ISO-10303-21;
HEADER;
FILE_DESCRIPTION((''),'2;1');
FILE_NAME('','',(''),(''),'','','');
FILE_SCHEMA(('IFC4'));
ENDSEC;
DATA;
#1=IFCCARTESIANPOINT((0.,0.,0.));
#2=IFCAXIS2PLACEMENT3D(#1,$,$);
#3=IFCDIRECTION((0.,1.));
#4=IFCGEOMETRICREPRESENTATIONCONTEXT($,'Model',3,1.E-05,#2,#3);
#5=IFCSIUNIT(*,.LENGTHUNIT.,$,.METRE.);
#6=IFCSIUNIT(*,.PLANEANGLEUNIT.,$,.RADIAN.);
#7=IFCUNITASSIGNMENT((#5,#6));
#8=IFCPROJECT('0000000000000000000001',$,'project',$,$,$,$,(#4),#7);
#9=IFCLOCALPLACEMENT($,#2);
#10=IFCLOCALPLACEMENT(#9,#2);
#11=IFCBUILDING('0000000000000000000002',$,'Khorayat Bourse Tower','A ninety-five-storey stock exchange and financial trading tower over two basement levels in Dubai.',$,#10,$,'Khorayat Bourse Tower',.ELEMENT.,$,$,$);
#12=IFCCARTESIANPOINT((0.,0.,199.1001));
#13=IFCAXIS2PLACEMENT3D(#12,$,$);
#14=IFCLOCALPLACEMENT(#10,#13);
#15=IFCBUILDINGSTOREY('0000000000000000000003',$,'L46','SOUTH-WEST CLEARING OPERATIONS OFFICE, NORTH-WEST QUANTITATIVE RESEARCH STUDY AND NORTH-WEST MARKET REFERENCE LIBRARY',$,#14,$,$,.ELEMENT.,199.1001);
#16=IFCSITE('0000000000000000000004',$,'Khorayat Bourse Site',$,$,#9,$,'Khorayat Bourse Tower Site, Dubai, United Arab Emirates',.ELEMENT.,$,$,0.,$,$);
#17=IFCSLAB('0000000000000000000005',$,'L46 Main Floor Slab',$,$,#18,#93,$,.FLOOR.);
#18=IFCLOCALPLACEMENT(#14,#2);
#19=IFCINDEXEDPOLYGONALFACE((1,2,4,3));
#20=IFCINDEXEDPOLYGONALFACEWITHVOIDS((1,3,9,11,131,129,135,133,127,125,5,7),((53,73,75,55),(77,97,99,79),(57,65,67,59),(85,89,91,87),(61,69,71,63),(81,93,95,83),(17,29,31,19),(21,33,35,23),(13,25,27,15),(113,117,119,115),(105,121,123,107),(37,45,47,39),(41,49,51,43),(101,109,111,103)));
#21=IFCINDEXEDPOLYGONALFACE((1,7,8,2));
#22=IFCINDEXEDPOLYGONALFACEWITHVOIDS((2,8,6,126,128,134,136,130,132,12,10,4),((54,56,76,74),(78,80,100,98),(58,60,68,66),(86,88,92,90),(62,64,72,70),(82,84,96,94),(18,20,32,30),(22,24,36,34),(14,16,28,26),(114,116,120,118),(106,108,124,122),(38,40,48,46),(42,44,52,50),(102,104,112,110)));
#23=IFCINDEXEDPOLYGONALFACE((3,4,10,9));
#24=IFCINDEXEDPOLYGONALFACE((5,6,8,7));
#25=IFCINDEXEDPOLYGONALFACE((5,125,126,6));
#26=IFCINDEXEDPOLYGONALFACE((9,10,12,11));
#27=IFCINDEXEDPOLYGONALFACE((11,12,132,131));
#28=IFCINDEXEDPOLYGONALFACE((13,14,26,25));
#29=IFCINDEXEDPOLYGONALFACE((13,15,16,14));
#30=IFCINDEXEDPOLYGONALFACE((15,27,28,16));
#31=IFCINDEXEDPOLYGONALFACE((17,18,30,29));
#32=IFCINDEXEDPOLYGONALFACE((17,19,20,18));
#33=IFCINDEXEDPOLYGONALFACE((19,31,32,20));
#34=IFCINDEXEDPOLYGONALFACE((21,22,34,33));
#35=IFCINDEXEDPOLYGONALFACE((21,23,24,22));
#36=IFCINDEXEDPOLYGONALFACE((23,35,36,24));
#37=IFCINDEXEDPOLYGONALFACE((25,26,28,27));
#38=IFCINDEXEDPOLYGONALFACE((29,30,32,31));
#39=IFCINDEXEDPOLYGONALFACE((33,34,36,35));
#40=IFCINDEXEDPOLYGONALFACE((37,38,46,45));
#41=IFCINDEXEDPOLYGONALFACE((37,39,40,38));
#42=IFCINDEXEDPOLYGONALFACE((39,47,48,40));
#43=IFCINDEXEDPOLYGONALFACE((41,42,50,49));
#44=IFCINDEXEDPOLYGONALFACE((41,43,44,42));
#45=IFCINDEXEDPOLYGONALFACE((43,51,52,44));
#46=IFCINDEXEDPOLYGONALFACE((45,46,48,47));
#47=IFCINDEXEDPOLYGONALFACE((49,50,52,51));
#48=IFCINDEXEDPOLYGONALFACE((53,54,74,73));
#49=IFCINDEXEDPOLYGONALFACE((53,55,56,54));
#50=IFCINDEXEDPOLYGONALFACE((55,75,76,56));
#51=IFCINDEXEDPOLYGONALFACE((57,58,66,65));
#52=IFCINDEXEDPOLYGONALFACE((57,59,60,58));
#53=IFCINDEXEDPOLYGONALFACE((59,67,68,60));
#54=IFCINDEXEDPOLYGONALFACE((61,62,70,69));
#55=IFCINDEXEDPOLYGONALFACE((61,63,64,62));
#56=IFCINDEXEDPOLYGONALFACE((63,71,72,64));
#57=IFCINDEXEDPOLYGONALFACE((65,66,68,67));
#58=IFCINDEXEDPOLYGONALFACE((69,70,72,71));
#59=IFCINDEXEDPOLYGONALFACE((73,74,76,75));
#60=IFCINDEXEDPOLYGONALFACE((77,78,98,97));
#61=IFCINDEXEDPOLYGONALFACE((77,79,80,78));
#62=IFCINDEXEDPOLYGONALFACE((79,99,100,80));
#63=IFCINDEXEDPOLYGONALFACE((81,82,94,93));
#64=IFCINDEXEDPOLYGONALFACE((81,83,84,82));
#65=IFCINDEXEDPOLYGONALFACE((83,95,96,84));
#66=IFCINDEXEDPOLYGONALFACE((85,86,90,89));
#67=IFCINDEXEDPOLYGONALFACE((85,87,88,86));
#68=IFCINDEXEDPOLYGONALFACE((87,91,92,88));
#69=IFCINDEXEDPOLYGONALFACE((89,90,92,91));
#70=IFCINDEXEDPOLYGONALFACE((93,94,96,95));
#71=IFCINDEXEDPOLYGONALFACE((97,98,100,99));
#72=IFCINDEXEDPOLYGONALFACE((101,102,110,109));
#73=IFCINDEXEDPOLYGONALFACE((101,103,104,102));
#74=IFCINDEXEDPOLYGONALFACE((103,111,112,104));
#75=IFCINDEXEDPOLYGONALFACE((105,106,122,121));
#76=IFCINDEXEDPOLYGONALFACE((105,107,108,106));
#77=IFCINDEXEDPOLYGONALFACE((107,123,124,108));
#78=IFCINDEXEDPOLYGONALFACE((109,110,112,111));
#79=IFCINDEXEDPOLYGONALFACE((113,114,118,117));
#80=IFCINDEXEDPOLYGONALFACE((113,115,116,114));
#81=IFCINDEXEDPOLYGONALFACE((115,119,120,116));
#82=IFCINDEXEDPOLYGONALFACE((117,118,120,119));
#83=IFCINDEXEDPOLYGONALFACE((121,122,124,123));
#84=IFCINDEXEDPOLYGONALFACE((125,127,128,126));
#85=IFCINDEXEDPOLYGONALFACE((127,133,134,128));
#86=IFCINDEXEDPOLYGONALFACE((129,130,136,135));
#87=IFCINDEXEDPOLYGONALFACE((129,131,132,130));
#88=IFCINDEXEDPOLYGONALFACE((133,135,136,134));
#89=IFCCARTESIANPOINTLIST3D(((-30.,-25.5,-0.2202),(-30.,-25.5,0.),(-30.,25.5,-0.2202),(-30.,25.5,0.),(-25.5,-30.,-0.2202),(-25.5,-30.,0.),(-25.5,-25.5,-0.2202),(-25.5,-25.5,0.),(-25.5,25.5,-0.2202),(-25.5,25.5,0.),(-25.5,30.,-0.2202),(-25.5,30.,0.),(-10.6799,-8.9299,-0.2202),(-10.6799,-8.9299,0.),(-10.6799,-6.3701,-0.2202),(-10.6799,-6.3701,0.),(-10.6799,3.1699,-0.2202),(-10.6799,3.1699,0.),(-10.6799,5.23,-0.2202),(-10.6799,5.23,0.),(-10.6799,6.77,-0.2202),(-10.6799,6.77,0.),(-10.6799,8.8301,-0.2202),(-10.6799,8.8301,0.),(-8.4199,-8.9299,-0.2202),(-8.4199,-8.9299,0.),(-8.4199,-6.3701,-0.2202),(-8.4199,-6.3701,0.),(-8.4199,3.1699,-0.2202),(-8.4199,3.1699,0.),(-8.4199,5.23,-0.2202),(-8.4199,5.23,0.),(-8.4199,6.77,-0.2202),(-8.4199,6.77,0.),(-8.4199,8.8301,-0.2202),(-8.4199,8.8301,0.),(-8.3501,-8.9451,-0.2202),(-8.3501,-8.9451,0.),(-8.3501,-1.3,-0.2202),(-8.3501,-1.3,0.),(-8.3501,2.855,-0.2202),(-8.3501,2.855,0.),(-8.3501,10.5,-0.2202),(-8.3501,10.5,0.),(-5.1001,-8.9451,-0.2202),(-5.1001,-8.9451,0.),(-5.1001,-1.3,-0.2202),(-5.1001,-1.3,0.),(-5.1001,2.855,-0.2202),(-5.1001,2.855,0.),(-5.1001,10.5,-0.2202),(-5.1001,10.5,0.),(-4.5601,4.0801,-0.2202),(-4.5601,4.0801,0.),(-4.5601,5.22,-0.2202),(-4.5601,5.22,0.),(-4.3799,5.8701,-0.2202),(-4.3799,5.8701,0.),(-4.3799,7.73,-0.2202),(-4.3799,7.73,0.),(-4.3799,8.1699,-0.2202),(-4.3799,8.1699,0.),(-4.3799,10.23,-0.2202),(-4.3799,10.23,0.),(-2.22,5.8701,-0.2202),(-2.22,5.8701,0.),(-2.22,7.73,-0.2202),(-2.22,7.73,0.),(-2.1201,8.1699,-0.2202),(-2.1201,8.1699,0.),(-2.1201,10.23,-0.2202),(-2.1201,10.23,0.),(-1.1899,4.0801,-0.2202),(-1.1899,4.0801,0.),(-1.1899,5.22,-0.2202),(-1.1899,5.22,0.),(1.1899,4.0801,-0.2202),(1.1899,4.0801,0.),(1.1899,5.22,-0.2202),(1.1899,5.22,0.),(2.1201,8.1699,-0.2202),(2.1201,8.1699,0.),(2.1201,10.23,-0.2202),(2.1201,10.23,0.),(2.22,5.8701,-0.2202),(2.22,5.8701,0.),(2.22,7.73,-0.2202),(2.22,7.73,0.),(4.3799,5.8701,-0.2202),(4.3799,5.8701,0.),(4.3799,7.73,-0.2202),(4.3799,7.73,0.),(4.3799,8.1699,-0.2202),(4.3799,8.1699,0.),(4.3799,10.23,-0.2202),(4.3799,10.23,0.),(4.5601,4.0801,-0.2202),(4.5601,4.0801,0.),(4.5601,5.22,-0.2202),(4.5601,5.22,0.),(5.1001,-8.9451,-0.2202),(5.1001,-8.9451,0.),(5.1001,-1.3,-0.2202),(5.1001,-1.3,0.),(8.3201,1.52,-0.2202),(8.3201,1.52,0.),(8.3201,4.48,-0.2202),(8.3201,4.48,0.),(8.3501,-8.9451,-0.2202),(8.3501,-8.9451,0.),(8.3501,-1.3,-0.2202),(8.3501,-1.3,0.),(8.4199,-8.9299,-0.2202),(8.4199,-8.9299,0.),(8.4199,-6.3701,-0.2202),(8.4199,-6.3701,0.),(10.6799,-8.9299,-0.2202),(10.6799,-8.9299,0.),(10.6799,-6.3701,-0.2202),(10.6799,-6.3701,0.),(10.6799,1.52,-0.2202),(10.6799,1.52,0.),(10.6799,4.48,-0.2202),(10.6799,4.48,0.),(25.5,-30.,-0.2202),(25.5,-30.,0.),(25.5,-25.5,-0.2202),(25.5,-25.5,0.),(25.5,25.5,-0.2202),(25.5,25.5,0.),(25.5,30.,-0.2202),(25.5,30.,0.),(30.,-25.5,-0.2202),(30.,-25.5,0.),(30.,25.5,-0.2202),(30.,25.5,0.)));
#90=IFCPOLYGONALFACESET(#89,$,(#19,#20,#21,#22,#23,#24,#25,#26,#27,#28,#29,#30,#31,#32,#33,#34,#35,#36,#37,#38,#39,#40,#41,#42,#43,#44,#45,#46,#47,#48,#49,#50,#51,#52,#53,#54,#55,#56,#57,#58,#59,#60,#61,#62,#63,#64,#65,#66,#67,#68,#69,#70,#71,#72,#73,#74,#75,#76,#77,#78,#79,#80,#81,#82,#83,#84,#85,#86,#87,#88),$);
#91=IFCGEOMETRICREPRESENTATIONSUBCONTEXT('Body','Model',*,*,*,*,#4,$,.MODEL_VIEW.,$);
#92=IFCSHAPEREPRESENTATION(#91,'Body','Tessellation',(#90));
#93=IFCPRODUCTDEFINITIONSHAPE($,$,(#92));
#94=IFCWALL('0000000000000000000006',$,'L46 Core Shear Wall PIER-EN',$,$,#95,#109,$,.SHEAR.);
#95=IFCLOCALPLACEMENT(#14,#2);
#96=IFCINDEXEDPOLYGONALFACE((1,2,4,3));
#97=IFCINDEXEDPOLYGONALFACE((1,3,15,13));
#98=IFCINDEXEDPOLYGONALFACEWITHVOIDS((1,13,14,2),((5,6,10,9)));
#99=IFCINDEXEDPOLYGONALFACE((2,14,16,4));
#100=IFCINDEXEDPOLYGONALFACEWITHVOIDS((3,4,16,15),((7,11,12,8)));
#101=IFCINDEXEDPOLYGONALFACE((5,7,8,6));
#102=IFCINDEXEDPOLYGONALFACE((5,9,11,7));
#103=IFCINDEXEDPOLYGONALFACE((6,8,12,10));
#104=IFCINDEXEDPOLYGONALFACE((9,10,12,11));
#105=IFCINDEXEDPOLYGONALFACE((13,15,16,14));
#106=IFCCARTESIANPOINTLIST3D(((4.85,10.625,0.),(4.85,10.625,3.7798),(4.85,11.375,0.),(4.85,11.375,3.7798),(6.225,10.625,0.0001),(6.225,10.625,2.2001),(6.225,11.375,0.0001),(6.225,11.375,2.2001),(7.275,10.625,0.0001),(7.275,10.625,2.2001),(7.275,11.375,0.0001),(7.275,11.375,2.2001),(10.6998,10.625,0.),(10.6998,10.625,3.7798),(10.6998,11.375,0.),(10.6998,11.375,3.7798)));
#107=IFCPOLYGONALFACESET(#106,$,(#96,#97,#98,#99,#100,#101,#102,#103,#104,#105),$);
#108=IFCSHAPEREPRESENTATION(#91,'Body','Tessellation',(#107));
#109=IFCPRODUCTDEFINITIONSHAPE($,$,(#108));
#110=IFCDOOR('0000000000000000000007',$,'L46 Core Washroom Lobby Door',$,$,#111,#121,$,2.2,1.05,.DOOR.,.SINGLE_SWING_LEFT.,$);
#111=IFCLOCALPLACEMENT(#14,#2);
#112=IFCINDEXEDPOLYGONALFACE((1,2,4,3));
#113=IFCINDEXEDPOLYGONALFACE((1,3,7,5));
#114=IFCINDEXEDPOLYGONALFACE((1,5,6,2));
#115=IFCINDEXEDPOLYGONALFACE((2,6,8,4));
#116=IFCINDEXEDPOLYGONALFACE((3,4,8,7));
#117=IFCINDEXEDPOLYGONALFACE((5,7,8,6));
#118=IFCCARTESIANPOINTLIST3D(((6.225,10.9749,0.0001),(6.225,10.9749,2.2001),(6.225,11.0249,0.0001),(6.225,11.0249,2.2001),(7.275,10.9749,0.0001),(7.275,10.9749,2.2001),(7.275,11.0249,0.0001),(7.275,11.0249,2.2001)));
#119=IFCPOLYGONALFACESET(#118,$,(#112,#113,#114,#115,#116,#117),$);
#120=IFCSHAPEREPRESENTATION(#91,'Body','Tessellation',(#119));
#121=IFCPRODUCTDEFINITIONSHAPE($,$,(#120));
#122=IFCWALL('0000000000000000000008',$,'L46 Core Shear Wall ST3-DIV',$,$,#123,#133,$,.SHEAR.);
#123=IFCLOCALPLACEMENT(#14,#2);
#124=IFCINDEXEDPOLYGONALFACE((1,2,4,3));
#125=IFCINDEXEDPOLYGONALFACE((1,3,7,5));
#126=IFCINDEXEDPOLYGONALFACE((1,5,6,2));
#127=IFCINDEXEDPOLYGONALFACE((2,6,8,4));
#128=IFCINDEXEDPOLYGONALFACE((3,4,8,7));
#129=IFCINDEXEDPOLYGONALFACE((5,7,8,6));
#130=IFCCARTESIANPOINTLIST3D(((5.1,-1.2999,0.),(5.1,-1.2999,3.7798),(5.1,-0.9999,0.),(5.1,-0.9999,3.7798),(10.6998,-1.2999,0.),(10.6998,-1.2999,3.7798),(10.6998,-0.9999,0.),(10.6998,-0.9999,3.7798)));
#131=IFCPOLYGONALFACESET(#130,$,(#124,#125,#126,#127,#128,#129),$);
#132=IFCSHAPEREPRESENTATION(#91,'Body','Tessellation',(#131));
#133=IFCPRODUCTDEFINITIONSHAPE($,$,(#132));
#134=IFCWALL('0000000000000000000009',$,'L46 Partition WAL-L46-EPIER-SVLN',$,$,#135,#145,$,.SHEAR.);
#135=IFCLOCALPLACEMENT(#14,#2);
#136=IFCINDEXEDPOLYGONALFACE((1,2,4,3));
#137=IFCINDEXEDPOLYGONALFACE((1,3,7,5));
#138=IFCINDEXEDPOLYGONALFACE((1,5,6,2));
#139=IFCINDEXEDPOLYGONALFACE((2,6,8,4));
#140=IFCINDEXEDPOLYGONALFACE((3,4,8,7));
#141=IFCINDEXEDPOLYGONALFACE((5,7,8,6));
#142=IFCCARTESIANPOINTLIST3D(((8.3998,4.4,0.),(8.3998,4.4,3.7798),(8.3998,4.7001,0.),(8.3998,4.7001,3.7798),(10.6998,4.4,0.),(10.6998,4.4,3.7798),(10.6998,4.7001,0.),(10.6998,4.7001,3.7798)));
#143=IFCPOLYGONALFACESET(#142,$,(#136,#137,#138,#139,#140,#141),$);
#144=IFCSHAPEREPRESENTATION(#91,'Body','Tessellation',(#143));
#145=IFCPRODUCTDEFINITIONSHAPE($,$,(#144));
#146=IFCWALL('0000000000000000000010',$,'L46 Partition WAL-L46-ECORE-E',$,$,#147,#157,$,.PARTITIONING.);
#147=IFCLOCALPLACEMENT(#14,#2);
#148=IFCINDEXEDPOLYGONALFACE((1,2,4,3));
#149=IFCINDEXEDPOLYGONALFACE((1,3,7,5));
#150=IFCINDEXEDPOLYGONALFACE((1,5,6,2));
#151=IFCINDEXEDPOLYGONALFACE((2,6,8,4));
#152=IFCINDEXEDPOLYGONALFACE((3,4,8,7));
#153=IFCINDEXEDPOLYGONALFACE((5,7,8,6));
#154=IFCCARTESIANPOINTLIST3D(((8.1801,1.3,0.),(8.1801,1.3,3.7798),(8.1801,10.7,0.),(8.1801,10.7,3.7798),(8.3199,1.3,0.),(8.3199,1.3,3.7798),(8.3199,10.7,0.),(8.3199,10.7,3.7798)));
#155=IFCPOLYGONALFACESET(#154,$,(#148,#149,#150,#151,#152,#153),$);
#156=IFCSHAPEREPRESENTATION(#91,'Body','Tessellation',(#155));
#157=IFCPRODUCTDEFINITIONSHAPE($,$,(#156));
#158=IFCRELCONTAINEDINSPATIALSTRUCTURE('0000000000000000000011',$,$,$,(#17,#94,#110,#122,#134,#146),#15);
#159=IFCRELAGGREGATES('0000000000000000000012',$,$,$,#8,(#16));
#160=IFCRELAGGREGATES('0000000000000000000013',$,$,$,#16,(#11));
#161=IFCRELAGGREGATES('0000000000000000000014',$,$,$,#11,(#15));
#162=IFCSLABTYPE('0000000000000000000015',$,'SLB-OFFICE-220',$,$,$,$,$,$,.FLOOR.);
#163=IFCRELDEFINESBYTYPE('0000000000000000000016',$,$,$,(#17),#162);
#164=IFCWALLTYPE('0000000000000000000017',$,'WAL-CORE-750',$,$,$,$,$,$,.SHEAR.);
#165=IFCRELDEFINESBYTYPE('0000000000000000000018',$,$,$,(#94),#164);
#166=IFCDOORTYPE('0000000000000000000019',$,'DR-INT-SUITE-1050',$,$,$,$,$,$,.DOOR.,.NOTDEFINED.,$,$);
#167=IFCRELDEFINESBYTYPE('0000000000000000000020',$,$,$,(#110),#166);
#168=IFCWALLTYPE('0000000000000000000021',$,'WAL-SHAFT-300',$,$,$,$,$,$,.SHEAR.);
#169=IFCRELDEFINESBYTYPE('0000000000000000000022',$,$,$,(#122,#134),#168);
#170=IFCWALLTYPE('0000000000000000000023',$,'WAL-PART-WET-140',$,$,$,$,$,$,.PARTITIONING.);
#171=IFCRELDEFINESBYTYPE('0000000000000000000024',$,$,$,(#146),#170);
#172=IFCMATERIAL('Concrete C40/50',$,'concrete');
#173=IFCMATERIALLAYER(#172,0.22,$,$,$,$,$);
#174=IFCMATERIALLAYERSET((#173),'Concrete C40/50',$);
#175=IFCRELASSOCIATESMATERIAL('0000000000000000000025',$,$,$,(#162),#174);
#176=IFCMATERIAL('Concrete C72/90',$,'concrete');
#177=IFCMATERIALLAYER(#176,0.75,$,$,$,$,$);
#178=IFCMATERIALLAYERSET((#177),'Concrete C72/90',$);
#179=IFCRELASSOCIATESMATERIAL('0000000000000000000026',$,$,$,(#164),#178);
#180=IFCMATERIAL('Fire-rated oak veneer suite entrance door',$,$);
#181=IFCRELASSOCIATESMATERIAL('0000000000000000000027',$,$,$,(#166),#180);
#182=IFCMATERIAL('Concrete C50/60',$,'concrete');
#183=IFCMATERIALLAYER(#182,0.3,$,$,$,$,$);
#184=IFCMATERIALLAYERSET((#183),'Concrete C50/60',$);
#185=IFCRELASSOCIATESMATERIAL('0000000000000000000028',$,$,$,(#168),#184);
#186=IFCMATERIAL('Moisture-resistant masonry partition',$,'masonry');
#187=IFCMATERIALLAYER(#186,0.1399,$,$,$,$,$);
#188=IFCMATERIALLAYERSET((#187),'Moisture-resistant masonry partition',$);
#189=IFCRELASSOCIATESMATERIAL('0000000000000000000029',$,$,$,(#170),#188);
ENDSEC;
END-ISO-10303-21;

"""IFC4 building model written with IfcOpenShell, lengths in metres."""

from ifc_helpers import new_model, si_unit, direction, frame, frame_2d, origin, place, context, subcontext, project, spatial, polyline, rectangle, outline, extrude, source, transform, mapped, material, layer, layer_set, type_object, element, fill, save


model = new_model("IFC4")

# Units and contexts
model_context = context("Model", 3, precision=1e-05, world=origin(), true_north=direction((0.0, 1.0)))
body_context = subcontext(model_context, "Body", "Model", "MODEL_VIEW")
ifc_project = project(units=[si_unit("LENGTHUNIT", "METRE"), si_unit("PLANEANGLEUNIT", "RADIAN")], contexts=[model_context])

# Site, building, storey
site_placement = place(None, origin())
site = spatial("IfcSite", under=ifc_project, at=site_placement, Name="Khorayat Bourse Site", LongName="Khorayat Bourse Tower Site, Dubai, United Arab Emirates", CompositionType="ELEMENT", RefElevation=0.0)
building_placement = place(site_placement, origin())
building = spatial("IfcBuilding", under=site, at=building_placement, Name="Khorayat Bourse Tower", Description="A ninety-five-storey stock exchange and financial trading tower over two basement levels in Dubai.", LongName="Khorayat Bourse Tower", CompositionType="ELEMENT")
storey_placement = place(building_placement, frame((0.0, 0.0, 199.1001)))
storey = spatial("IfcBuildingStorey", under=building, at=storey_placement, Name="L46", Description="SOUTH-WEST CLEARING OPERATIONS OFFICE, NORTH-WEST QUANTITATIVE RESEARCH STUDY AND NORTH-WEST MARKET REFERENCE LIBRARY", CompositionType="ELEMENT", Elevation=199.1001)

# Shared definitions
ifc_material_1 = material(Name="Concrete C72/90", Category="concrete")

# Shared definitions
ifc_material_2 = material(Name="Concrete C40/50", Category="concrete")

# Slab
ifc_layer_1 = layer(ifc_material_2, 0.22)
ifc_layer_set_1 = layer_set([ifc_layer_1], Name="Concrete C40/50")
slab_type_1 = type_object("IfcSlabType", Name="SLB-OFFICE-220", PredefinedType="FLOOR", material=ifc_layer_set_1)
slab_1_placement = place(storey_placement, frame((0.0, 0.0, -0.2202)))
element("IfcSlab", 1, at=slab_1_placement, inside=storey, type_object=slab_type_1, Name="L46 Main Floor Slab", PredefinedType="FLOOR", context=body_context, shape_type="SweptSolid", body=[
    extrude(outline(polyline([(-25.5, -30.0), (25.5, -30.0), (25.5, -25.5), (30.0, -25.5), (30.0, 25.5), (25.5, 25.5), (25.5, 30.0), (-25.5, 30.0), (-25.5, 25.5), (-30.0, 25.5), (-30.0, -25.5), (-25.5, -25.5), (-25.5, -30.0)]), holes=[polyline([(-8.3501, -8.9451), (-5.1001, -8.9451), (-5.1001, -1.3), (-8.3501, -1.3), (-8.3501, -8.9451)]), polyline([(-8.3501, 2.855), (-5.1001, 2.855), (-5.1001, 10.5), (-8.3501, 10.5), (-8.3501, 2.855)]), polyline([(5.1001, -8.9451), (8.3501, -8.9451), (8.3501, -1.3), (5.1001, -1.3), (5.1001, -8.9451)]), polyline([(-4.3799, 8.1699), (-2.1201, 8.1699), (-2.1201, 10.23), (-4.3799, 10.23), (-4.3799, 8.1699)]), polyline([(2.1201, 8.1699), (4.3799, 8.1699), (4.3799, 10.23), (2.1201, 10.23), (2.1201, 8.1699)]), polyline([(-4.3799, 5.8701), (-2.22, 5.8701), (-2.22, 7.73), (-4.3799, 7.73), (-4.3799, 5.8701)]), polyline([(2.22, 5.8701), (4.3799, 5.8701), (4.3799, 7.73), (2.22, 7.73), (2.22, 5.8701)]), polyline([(-10.6799, 3.1699), (-8.4199, 3.1699), (-8.4199, 5.23), (-10.6799, 5.23), (-10.6799, 3.1699)]), polyline([(-10.6799, 6.77), (-8.4199, 6.77), (-8.4199, 8.8301), (-10.6799, 8.8301), (-10.6799, 6.77)]), polyline([(-10.6799, -8.9299), (-8.4199, -8.9299), (-8.4199, -6.3701), (-10.6799, -6.3701), (-10.6799, -8.9299)]), polyline([(8.4199, -8.9299), (10.6799, -8.9299), (10.6799, -6.3701), (8.4199, -6.3701), (8.4199, -8.9299)]), polyline([(8.3201, 1.52), (10.6799, 1.52), (10.6799, 4.48), (8.3201, 4.48), (8.3201, 1.52)]), polyline([(-4.5601, 4.0801), (-1.1899, 4.0801), (-1.1899, 5.22), (-4.5601, 5.22), (-4.5601, 4.0801)]), polyline([(1.1899, 4.0801), (4.5601, 4.0801), (4.5601, 5.22), (1.1899, 5.22), (1.1899, 4.0801)])]), origin(), (0.0, 0.0, 1.0), 0.2202),
])

# Wall, opening, door
ifc_layer_2 = layer(ifc_material_1, 0.75)
ifc_layer_set_2 = layer_set([ifc_layer_2], Name="Concrete C72/90")
wall_type_1 = type_object("IfcWallType", Name="WAL-CORE-750", PredefinedType="SHEAR", material=ifc_layer_set_2)
shared_shape_1 = source(origin(), body_context, "Body", "SweptSolid", [
    extrude(rectangle(XDim=5.8499, YDim=0.75, at=frame_2d((2.9248, 0.0))), origin(), (0.0, 0.0, 1.0), 3.7798),
])
wall_1_placement = place(storey_placement, frame((4.8501, 11.0, 0.0), z_axis=(0.0, 0.0, 1.0), x_axis=(1.0, 0.0, 0.0)))
wall_1 = element("IfcWall", 2, at=wall_1_placement, inside=storey, type_object=wall_type_1, Name="L46 Core Shear Wall PIER-EN", PredefinedType="SHEAR", context=body_context, shape_type="MappedRepresentation", body=[
    mapped(shared_shape_1, transform((0.0, 0.0, 0.0), scale=1.0)),
])
shared_shape_2 = source(origin(), body_context, "Body", "SweptSolid", [
    extrude(rectangle(XDim=1.05, YDim=2.2, at=frame_2d((0.5249, 1.1001))), frame((0.0, 0.385, 0.0), z_axis=(0.0, -1.0, 0.0), x_axis=(1.0, 0.0, 0.0)), (0.0, 0.0, 1.0), 0.77),
])
opening_1_placement = place(wall_1_placement, frame((1.375, 0.0, 0.0)))
opening_1 = element("IfcOpeningElement", 3, at=opening_1_placement, cuts=wall_1, PredefinedType="OPENING", context=body_context, shape_type="MappedRepresentation", body=[
    mapped(shared_shape_2, transform((0.0, 0.0, 0.0), scale=1.0)),
])
ifc_material_3 = material(Name="Fire-rated oak veneer suite entrance door")
door_type_1 = type_object("IfcDoorType", Name="DR-INT-SUITE-1050", OperationType="NOTDEFINED", PredefinedType="DOOR", material=ifc_material_3)
shared_shape_3 = source(origin(), body_context, "Body", "SweptSolid", [
    extrude(rectangle(XDim=1.05, YDim=2.2, at=frame_2d((0.5249, 1.1001))), frame((0.0, 0.0249, 0.0), z_axis=(0.0, -1.0, 0.0), x_axis=(1.0, 0.0, 0.0)), (0.0, 0.0, 1.0), 0.05),
])
door_1_placement = place(opening_1_placement, origin())
door_1 = element("IfcDoor", 4, at=door_1_placement, inside=storey, type_object=door_type_1, Name="L46 Core Washroom Lobby Door", OperationType="SINGLE_SWING_LEFT", OverallHeight=2.2, OverallWidth=1.05, PredefinedType="DOOR", context=body_context, shape_type="MappedRepresentation", body=[
    mapped(shared_shape_3, transform((0.0, 0.0, 0.0), scale=1.0)),
])
fill(opening_1, door_1)

# Walls
ifc_material_4 = material(Name="Concrete C50/60", Category="concrete")
ifc_layer_3 = layer(ifc_material_4, 0.3)
ifc_layer_set_3 = layer_set([ifc_layer_3], Name="Concrete C50/60")
wall_type_2 = type_object("IfcWallType", Name="WAL-SHAFT-300", PredefinedType="SHEAR", material=ifc_layer_set_3)
shared_shape_4 = source(origin(), body_context, "Body", "SweptSolid", [
    extrude(rectangle(XDim=5.5999, YDim=0.3, at=frame_2d((2.7998, 0.0))), origin(), (0.0, 0.0, 1.0), 3.7798),
])
wall_2_placement = place(storey_placement, frame((5.1001, -1.1499, 0.0), z_axis=(0.0, 0.0, 1.0), x_axis=(1.0, 0.0, 0.0)))
element("IfcWall", 5, at=wall_2_placement, inside=storey, type_object=wall_type_2, Name="L46 Core Shear Wall ST3-DIV", PredefinedType="SHEAR", context=body_context, shape_type="MappedRepresentation", body=[
    mapped(shared_shape_4, transform((0.0, 0.0, 0.0), scale=1.0)),
])
shared_shape_5 = source(origin(), body_context, "Body", "SweptSolid", [
    extrude(rectangle(XDim=2.3, YDim=0.3, at=frame_2d((1.1499, 0.0))), origin(), (0.0, 0.0, 1.0), 3.7798),
])
wall_3_placement = place(storey_placement, frame((8.3999, 4.55, 0.0), z_axis=(0.0, 0.0, 1.0), x_axis=(1.0, 0.0, 0.0)))
element("IfcWall", 6, at=wall_3_placement, inside=storey, type_object=wall_type_2, Name="L46 Partition WAL-L46-EPIER-SVLN", PredefinedType="SHEAR", context=body_context, shape_type="MappedRepresentation", body=[
    mapped(shared_shape_5, transform((0.0, 0.0, 0.0), scale=1.0)),
])
ifc_material_5 = material(Name="Moisture-resistant masonry partition", Category="masonry")
ifc_layer_4 = layer(ifc_material_5, 0.1399)
ifc_layer_set_4 = layer_set([ifc_layer_4], Name="Moisture-resistant masonry partition")
wall_type_3 = type_object("IfcWallType", Name="WAL-PART-WET-140", PredefinedType="PARTITIONING", material=ifc_layer_set_4)
shared_shape_6 = source(origin(), body_context, "Body", "SweptSolid", [
    extrude(rectangle(XDim=9.3999, YDim=0.1399, at=frame_2d((4.7, 0.0))), origin(), (0.0, 0.0, 1.0), 3.7798),
])
wall_4_placement = place(storey_placement, frame((8.25, 1.3, 0.0), z_axis=(0.0, 0.0, 1.0), x_axis=(0.0, 1.0, 0.0)))
element("IfcWall", 7, at=wall_4_placement, inside=storey, type_object=wall_type_3, Name="L46 Partition WAL-L46-ECORE-E", PredefinedType="PARTITIONING", context=body_context, shape_type="MappedRepresentation", body=[
    mapped(shared_shape_6, transform((0.0, 0.0, 0.0), scale=1.0)),
])

save(model, "model.ifc")
